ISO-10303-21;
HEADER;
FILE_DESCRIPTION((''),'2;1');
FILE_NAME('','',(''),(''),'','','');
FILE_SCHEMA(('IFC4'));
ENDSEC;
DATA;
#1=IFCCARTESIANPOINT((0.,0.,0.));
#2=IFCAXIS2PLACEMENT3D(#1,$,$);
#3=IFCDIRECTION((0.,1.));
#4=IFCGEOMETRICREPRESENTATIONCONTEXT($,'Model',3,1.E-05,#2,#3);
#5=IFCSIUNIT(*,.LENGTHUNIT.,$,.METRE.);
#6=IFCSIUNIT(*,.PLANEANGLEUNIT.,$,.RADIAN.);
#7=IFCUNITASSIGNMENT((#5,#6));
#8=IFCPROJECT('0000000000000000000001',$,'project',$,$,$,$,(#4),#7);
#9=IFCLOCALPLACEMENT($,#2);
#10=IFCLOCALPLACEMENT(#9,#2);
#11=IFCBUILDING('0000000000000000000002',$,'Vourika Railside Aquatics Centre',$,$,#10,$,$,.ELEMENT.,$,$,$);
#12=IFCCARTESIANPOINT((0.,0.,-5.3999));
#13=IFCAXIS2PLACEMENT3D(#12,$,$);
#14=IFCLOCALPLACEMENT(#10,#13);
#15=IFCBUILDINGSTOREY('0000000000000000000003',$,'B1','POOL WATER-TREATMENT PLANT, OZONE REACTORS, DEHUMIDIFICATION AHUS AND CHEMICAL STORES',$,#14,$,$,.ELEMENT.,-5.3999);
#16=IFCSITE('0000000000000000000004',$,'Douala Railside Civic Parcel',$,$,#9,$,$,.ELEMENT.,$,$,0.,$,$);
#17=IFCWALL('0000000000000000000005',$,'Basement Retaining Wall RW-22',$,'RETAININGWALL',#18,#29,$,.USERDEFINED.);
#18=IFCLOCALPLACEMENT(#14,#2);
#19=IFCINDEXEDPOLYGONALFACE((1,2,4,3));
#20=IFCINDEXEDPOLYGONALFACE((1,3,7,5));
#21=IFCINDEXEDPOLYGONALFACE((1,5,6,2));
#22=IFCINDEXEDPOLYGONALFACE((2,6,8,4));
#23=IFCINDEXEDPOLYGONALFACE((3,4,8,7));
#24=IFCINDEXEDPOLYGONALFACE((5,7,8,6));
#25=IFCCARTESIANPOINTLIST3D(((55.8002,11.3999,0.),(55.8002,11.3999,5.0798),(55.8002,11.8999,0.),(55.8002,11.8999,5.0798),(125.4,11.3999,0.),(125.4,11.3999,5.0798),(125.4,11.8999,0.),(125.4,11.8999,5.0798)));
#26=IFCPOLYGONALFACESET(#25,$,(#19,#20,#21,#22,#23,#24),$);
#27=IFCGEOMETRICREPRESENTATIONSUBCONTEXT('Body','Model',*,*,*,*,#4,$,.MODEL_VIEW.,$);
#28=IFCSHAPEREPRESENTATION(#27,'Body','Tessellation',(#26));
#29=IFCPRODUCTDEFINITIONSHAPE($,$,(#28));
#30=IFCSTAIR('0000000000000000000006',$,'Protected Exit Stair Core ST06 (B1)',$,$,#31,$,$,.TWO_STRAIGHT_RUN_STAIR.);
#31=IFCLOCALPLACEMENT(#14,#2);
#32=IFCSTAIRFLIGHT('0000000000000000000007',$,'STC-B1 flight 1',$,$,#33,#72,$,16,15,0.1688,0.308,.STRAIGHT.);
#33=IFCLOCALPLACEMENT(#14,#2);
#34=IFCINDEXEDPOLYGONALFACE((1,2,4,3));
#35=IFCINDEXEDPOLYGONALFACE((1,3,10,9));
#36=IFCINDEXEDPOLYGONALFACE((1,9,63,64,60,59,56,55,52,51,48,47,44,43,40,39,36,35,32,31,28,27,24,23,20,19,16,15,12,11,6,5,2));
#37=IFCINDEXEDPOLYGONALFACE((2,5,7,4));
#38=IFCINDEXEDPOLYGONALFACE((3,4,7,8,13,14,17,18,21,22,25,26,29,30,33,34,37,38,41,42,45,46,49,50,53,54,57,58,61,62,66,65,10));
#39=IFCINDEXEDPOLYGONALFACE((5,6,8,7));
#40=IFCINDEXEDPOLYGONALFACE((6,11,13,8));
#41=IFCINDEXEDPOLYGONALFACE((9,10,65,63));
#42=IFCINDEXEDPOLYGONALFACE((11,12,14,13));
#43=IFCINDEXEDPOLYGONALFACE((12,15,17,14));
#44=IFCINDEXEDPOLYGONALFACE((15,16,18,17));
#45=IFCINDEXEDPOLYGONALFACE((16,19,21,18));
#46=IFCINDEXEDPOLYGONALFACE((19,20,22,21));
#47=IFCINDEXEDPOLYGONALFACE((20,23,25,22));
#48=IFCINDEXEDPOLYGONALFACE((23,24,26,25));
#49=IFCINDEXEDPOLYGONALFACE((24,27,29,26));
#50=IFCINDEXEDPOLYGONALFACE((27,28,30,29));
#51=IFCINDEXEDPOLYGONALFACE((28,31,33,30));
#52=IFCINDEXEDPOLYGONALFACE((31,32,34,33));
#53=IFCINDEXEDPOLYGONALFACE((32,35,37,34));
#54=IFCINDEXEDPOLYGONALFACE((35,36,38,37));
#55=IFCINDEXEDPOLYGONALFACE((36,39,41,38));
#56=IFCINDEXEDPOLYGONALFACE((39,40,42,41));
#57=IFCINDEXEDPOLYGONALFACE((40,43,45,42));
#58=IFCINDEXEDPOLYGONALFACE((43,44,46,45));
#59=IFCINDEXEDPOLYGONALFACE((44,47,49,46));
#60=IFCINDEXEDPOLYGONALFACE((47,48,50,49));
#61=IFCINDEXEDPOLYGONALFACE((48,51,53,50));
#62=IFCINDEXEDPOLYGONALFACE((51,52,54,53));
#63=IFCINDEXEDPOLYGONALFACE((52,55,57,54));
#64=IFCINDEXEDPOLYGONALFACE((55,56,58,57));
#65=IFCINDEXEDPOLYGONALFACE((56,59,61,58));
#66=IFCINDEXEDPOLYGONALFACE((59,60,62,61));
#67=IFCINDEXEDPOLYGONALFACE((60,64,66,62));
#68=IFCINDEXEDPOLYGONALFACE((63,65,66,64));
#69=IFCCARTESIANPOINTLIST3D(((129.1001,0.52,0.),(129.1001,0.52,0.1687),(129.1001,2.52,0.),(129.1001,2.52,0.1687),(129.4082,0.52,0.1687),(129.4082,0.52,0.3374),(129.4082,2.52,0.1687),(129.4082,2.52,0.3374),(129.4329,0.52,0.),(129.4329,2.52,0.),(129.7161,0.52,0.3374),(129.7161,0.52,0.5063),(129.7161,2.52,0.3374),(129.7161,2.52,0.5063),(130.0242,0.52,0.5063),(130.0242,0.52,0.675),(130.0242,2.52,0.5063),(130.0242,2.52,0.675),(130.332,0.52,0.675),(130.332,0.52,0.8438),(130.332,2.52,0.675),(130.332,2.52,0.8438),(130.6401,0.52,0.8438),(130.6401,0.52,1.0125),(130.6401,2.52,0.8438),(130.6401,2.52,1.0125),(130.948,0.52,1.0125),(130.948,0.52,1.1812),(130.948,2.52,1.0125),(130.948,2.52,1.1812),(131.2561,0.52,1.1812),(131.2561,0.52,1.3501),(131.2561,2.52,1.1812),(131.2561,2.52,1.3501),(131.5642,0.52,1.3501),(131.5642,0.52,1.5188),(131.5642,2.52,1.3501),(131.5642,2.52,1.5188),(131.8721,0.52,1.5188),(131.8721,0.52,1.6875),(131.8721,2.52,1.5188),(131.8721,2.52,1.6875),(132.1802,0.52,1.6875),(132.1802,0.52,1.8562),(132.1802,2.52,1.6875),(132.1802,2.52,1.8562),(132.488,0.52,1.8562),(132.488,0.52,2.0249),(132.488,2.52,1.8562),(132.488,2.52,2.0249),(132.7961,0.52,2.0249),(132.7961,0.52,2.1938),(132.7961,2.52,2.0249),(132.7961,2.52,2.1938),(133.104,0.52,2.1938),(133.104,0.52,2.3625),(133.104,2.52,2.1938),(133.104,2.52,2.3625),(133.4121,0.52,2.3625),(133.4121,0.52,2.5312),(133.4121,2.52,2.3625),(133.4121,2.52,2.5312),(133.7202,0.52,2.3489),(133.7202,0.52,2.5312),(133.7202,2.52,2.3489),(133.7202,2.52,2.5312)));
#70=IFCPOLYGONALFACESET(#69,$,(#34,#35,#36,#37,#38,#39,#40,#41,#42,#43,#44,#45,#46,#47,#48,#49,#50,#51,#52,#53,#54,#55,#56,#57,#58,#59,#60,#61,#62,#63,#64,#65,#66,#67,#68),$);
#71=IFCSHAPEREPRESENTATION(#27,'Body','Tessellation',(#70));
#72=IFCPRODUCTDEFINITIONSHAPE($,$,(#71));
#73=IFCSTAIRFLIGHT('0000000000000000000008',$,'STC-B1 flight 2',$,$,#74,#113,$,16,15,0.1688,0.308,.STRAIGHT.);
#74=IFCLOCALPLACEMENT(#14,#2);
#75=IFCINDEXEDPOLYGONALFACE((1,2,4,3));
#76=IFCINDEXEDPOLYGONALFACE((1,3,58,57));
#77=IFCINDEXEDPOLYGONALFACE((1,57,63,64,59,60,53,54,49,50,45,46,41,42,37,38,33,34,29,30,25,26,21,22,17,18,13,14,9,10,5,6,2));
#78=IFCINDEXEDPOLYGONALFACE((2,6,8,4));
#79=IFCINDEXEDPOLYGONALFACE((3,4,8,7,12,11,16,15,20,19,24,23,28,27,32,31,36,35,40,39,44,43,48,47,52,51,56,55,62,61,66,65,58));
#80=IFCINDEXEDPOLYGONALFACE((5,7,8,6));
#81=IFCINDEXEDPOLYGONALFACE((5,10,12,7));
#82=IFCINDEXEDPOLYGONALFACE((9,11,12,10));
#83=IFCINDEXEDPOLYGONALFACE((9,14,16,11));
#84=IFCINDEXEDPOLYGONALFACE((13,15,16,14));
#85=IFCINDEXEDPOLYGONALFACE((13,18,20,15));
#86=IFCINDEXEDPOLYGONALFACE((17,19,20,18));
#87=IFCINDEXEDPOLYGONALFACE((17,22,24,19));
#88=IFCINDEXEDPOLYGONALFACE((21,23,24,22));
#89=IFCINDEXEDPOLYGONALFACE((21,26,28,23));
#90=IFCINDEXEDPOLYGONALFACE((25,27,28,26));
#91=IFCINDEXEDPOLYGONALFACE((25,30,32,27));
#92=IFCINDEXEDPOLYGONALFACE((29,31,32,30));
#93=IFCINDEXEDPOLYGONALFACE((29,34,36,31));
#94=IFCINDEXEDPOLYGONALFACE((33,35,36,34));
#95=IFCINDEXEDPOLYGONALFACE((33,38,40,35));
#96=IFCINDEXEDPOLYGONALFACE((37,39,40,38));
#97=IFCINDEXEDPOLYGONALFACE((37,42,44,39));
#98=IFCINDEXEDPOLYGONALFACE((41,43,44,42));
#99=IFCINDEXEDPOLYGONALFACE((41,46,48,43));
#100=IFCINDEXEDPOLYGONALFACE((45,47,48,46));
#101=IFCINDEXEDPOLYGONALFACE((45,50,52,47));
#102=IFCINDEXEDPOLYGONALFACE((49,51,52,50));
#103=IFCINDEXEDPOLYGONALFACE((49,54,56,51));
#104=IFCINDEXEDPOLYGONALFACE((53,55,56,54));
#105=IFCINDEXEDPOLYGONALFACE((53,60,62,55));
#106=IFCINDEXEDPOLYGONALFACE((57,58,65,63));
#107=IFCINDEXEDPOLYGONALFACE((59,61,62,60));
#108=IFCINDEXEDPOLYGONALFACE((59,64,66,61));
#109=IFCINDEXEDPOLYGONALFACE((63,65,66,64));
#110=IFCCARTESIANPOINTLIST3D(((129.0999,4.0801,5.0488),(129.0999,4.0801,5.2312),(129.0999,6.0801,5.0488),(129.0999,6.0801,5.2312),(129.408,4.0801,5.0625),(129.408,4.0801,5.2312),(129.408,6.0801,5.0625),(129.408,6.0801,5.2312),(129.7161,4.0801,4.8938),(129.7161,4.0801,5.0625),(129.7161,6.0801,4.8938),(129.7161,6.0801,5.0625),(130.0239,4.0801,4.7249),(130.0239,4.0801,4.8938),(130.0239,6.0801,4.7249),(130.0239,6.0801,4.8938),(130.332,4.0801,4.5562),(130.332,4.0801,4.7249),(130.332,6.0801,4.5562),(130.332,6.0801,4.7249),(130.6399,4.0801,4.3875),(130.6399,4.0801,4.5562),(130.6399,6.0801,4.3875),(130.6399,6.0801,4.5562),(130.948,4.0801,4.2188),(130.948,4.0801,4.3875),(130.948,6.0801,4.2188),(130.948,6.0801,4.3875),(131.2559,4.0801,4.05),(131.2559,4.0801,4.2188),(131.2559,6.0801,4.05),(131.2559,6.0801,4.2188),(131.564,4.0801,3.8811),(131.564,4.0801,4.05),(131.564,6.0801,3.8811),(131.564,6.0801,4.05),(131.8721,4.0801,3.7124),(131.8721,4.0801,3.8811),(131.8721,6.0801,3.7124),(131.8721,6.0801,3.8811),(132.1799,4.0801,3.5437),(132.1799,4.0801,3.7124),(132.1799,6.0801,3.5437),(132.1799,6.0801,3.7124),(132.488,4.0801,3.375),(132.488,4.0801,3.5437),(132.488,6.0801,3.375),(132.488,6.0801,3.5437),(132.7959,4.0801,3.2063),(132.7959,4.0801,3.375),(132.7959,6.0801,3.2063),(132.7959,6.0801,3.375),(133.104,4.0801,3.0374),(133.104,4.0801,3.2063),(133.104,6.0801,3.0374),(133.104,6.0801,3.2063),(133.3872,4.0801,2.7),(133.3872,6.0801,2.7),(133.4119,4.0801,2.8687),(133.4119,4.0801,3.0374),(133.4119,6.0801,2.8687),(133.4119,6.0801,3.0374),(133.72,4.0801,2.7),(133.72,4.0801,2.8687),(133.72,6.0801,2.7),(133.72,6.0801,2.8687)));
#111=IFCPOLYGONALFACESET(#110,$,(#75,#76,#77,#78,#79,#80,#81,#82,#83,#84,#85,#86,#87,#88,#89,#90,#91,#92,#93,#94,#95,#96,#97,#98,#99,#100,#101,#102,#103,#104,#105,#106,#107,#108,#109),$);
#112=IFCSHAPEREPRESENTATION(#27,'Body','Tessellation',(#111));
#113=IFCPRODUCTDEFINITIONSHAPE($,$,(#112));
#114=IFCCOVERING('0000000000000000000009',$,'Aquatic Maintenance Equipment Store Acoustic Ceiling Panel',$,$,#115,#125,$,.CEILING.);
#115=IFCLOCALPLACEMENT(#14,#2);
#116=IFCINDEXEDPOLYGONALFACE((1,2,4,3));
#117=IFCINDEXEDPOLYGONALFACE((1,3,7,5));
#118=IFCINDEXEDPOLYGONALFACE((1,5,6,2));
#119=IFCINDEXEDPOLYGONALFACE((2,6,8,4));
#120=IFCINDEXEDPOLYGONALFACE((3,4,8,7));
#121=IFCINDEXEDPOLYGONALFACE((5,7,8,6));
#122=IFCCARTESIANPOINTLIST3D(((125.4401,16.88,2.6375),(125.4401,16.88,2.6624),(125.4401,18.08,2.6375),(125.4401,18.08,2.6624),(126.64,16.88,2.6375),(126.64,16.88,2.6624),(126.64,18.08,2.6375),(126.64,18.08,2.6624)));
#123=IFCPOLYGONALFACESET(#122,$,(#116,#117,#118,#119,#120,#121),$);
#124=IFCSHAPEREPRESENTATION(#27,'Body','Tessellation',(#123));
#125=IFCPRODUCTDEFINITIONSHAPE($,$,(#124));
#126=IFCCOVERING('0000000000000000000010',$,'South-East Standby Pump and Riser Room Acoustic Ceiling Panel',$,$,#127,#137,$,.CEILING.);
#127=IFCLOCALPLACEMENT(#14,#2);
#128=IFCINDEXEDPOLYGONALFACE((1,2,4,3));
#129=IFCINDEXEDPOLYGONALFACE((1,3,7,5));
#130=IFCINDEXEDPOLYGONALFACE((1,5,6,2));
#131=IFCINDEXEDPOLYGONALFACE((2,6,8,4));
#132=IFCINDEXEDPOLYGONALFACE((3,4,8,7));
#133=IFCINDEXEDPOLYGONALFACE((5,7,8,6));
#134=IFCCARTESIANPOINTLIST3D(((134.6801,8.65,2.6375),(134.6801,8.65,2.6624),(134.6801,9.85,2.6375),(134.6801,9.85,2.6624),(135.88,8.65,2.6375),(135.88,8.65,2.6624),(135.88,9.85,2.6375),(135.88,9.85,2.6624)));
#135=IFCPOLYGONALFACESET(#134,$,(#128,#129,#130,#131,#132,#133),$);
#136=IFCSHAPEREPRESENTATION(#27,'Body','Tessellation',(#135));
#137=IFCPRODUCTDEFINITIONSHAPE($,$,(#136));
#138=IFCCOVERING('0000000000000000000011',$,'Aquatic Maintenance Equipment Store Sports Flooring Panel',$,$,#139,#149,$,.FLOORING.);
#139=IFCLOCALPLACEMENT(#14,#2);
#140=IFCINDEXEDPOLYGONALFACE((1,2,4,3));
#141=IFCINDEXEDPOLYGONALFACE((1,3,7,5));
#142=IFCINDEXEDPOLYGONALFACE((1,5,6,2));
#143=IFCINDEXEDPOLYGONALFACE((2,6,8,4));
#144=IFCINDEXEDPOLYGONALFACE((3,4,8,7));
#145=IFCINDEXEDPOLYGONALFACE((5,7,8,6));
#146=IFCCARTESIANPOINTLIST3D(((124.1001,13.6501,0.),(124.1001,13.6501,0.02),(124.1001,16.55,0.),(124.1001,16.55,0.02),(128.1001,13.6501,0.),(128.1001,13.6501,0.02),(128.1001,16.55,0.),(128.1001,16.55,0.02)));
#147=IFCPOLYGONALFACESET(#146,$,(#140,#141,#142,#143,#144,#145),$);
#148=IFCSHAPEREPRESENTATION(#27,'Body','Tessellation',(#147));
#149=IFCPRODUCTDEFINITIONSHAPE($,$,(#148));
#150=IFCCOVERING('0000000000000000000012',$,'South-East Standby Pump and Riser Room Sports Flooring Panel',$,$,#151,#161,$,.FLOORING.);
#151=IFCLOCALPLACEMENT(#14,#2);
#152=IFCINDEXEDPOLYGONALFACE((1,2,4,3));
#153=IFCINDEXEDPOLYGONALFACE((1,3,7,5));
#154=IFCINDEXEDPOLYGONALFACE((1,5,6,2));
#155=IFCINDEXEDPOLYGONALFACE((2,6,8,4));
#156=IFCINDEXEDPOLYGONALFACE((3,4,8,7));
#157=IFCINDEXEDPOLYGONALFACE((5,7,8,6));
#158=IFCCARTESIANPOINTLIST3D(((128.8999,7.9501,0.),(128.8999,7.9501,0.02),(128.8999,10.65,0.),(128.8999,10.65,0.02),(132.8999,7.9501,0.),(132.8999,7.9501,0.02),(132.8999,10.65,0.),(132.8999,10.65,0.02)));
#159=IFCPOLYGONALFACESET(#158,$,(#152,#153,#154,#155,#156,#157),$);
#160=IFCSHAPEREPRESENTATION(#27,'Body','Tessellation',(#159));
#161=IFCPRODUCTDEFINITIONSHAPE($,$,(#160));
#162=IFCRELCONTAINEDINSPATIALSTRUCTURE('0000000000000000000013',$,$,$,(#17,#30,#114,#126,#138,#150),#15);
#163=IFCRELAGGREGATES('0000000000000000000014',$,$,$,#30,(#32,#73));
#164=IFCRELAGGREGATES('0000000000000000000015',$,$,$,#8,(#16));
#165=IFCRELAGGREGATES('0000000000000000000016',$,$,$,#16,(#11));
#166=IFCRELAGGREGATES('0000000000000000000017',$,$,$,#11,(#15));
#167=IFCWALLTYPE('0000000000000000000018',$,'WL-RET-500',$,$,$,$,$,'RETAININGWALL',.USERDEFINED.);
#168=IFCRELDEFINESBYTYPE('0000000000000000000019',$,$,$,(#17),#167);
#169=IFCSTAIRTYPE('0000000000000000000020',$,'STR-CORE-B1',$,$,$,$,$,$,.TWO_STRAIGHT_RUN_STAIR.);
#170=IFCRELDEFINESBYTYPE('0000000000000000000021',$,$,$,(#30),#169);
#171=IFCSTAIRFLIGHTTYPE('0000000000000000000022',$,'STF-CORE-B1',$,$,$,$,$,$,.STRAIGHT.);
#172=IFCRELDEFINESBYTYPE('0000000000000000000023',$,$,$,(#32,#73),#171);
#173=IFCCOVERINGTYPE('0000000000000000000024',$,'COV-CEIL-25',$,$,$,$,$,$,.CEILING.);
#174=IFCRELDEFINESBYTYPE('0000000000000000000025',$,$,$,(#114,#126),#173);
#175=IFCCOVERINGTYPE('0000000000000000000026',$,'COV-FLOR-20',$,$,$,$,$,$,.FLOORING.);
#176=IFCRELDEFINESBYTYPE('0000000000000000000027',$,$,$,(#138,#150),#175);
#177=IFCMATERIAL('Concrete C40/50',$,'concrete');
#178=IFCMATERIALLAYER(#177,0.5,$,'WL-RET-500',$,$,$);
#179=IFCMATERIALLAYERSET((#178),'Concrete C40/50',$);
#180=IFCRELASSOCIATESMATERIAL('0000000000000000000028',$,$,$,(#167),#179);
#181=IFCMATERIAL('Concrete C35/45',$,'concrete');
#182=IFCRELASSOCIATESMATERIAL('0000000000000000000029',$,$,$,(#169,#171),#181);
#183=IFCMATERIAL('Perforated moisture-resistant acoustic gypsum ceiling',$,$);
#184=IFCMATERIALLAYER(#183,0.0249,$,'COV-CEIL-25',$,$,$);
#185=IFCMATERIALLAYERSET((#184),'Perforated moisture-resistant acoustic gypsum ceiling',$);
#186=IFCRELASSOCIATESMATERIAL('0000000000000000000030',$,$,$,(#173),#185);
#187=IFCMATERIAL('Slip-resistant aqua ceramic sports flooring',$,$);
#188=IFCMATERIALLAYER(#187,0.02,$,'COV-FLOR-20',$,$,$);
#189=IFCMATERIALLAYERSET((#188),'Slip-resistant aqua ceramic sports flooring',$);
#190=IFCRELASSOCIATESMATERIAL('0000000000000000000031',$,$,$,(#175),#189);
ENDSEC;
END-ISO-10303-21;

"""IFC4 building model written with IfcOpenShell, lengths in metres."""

from ifc_helpers import new_model, si_unit, direction, frame, frame_2d, origin, origin_2d, place, context, subcontext, project, spatial, polyline, rectangle, outline, extrude, material, layer, layer_set, type_object, element, aggregate, save


model = new_model("IFC4")

# Units and contexts
model_context = context("Model", 3, precision=1e-05, world=origin(), true_north=direction((0.0, 1.0)))
body_context = subcontext(model_context, "Body", "Model", "MODEL_VIEW")
ifc_project = project(units=[si_unit("LENGTHUNIT", "METRE"), si_unit("PLANEANGLEUNIT", "RADIAN")], contexts=[model_context])

# Site, building, storey
site_placement = place(None, origin())
site = spatial("IfcSite", under=ifc_project, at=site_placement, Name="Douala Railside Civic Parcel", CompositionType="ELEMENT", RefElevation=0.0)
building_placement = place(site_placement, origin())
building = spatial("IfcBuilding", under=site, at=building_placement, Name="Vourika Railside Aquatics Centre", CompositionType="ELEMENT")
storey_placement = place(building_placement, frame((0.0, 0.0, -5.3999)))
storey = spatial("IfcBuildingStorey", under=building, at=storey_placement, Name="B1", Description="POOL WATER-TREATMENT PLANT, OZONE REACTORS, DEHUMIDIFICATION AHUS AND CHEMICAL STORES", CompositionType="ELEMENT", Elevation=-5.3999)

# Shared definitions
ifc_material_1 = material(Name="Concrete C40/50", Category="concrete")

# Wall
ifc_layer_1 = layer(ifc_material_1, 0.5, Name="WL-RET-500")
ifc_layer_set_1 = layer_set([ifc_layer_1], Name="Concrete C40/50")
wall_type_1 = type_object("IfcWallType", Name="WL-RET-500", ElementType="RETAININGWALL", PredefinedType="USERDEFINED", material=ifc_layer_set_1)
wall_1_placement = place(storey_placement, frame((125.3999, 11.6499, 0.0), z_axis=(0.0, 0.0, 1.0), x_axis=(-1.0, 0.0, 0.0)))
element("IfcWall", 1, at=wall_1_placement, inside=storey, type_object=wall_type_1, Name="Basement Retaining Wall RW-22", ObjectType="RETAININGWALL", PredefinedType="USERDEFINED", context=body_context, shape_type="SweptSolid", body=[
    extrude(rectangle(XDim=69.5999, YDim=0.5, at=frame_2d((34.7998, 0.0))), origin(), (0.0, 0.0, 1.0), 5.0798),
])

# Stair, stair flights
ifc_material_2 = material(Name="Concrete C35/45", Category="concrete")
stair_type = type_object("IfcStairType", Name="STR-CORE-B1", PredefinedType="TWO_STRAIGHT_RUN_STAIR", material=ifc_material_2)
stair_placement = place(storey_placement, origin())
stair = element("IfcStair", 2, at=stair_placement, inside=storey, type_object=stair_type, Name="Protected Exit Stair Core ST06 (B1)", PredefinedType="TWO_STRAIGHT_RUN_STAIR")
stair_flight_type = type_object("IfcStairFlightType", Name="STF-CORE-B1", PredefinedType="STRAIGHT", material=ifc_material_2)
stair_flight_1_placement = place(storey_placement, frame((129.1001, 1.52, 0.0), z_axis=(0.0, 0.0, 1.0), x_axis=(1.0, 0.0, 0.0)))
stair_flight_1 = element("IfcStairFlight", 3, at=stair_flight_1_placement, type_object=stair_flight_type, Name="STC-B1 flight 1", NumberOfRisers=16, NumberOfTreads=15, PredefinedType="STRAIGHT", RiserHeight=0.1688, TreadLength=0.308, context=body_context, shape_type="SweptSolid", body=[
    extrude(outline(polyline([(0.0, 0.0), (0.0, 0.1687), (0.3081, 0.1687), (0.3081, 0.3374), (0.616, 0.3374), (0.616, 0.5063), (0.9241, 0.5063), (0.9241, 0.675), (1.2319, 0.675), (1.2319, 0.8438), (1.54, 0.8438), (1.54, 1.0125), (1.8479, 1.0125), (1.8479, 1.1812), (2.156, 1.1812), (2.156, 1.3501), (2.4641, 1.3501), (2.4641, 1.5188), (2.772, 1.5188), (2.772, 1.6875), (3.0801, 1.6875), (3.0801, 1.8562), (3.3879, 1.8562), (3.3879, 2.0249), (3.696, 2.0249), (3.696, 2.1938), (4.0039, 2.1938), (4.0039, 2.3625), (4.312, 2.3625), (4.312, 2.5312), (4.6201, 2.5312), (4.6201, 2.7), (4.6201, 2.3489), (0.3328, 0.0), (0.0, 0.0)])), frame((0.0, 1.0, 0.0), z_axis=(0.0, -1.0, 0.0), x_axis=(1.0, 0.0, 0.0)), (0.0, 0.0, 1.0), 2.0),
])
stair_flight_2_placement = place(storey_placement, frame((133.72, 5.0801, 2.7), z_axis=(0.0, 0.0, 1.0), x_axis=(-1.0, 0.0, 0.0)))
stair_flight_2 = element("IfcStairFlight", 4, at=stair_flight_2_placement, type_object=stair_flight_type, Name="STC-B1 flight 2", NumberOfRisers=16, NumberOfTreads=15, PredefinedType="STRAIGHT", RiserHeight=0.1688, TreadLength=0.308, context=body_context, shape_type="SweptSolid", body=[
    extrude(outline(polyline([(0.0, 0.0), (0.0, 0.1687), (0.3081, 0.1687), (0.3081, 0.3374), (0.616, 0.3374), (0.616, 0.5063), (0.9241, 0.5063), (0.9241, 0.675), (1.2319, 0.675), (1.2319, 0.8438), (1.54, 0.8438), (1.54, 1.0125), (1.8479, 1.0125), (1.8479, 1.1812), (2.156, 1.1812), (2.156, 1.3501), (2.4641, 1.3501), (2.4641, 1.5188), (2.772, 1.5188), (2.772, 1.6875), (3.0801, 1.6875), (3.0801, 1.8562), (3.3879, 1.8562), (3.3879, 2.0249), (3.696, 2.0249), (3.696, 2.1938), (4.0039, 2.1938), (4.0039, 2.3625), (4.312, 2.3625), (4.312, 2.5312), (4.6201, 2.5312), (4.6201, 2.7), (4.6201, 2.3489), (0.3328, 0.0), (0.0, 0.0)])), frame((0.0, 1.0, 0.0), z_axis=(0.0, -1.0, 0.0), x_axis=(1.0, 0.0, 0.0)), (0.0, 0.0, 1.0), 2.0),
])
aggregate(stair, [stair_flight_1, stair_flight_2])

# Coverings
ifc_material_3 = material(Name="Perforated moisture-resistant acoustic gypsum ceiling")
ifc_layer_2 = layer(ifc_material_3, 0.0249, Name="COV-CEIL-25")
ifc_layer_set_2 = layer_set([ifc_layer_2], Name="Perforated moisture-resistant acoustic gypsum ceiling")
covering_type_1 = type_object("IfcCoveringType", Name="COV-CEIL-25", PredefinedType="CEILING", material=ifc_layer_set_2)
for number, where, z_axis, x_axis, name in (
    (5, (126.04, 17.48, 2.6375), (0.0, 0.0, 1.0), (1.0, 0.0, 0.0), "Aquatic Maintenance Equipment Store Acoustic Ceiling Panel"),
    (6, (135.28, 9.25, 2.6375), (0.0, 0.0, 1.0), (1.0, 0.0, 0.0), "South-East Standby Pump and Riser Room Acoustic Ceiling Panel"),
):
    element("IfcCovering", number, at=place(storey_placement, frame(where, z_axis=z_axis, x_axis=x_axis)), inside=storey, type_object=covering_type_1, Name=name, PredefinedType="CEILING", context=body_context, shape_type="SweptSolid", body=[
        extrude(rectangle(XDim=1.2, YDim=1.2, at=origin_2d()), origin(), (0.0, 0.0, 1.0), 0.0249),
    ])
ifc_material_4 = material(Name="Slip-resistant aqua ceramic sports flooring")
ifc_layer_3 = layer(ifc_material_4, 0.02, Name="COV-FLOR-20")
ifc_layer_set_3 = layer_set([ifc_layer_3], Name="Slip-resistant aqua ceramic sports flooring")
covering_type_2 = type_object("IfcCoveringType", Name="COV-FLOR-20", PredefinedType="FLOORING", material=ifc_layer_set_3)
covering_1_placement = place(storey_placement, frame((126.1001, 15.1001, 0.0), z_axis=(0.0, 0.0, 1.0), x_axis=(1.0, 0.0, 0.0)))
element("IfcCovering", 7, at=covering_1_placement, inside=storey, type_object=covering_type_2, Name="Aquatic Maintenance Equipment Store Sports Flooring Panel", PredefinedType="FLOORING", context=body_context, shape_type="SweptSolid", body=[
    extrude(rectangle(XDim=4.0, YDim=2.8999, at=origin_2d()), origin(), (0.0, 0.0, 1.0), 0.02),
])
covering_2_placement = place(storey_placement, frame((130.8999, 9.3, 0.0), z_axis=(0.0, 0.0, 1.0), x_axis=(1.0, 0.0, 0.0)))
element("IfcCovering", 8, at=covering_2_placement, inside=storey, type_object=covering_type_2, Name="South-East Standby Pump and Riser Room Sports Flooring Panel", PredefinedType="FLOORING", context=body_context, shape_type="SweptSolid", body=[
    extrude(rectangle(XDim=4.0, YDim=2.7, at=origin_2d()), origin(), (0.0, 0.0, 1.0), 0.02),
])

save(model, "model.ifc")
